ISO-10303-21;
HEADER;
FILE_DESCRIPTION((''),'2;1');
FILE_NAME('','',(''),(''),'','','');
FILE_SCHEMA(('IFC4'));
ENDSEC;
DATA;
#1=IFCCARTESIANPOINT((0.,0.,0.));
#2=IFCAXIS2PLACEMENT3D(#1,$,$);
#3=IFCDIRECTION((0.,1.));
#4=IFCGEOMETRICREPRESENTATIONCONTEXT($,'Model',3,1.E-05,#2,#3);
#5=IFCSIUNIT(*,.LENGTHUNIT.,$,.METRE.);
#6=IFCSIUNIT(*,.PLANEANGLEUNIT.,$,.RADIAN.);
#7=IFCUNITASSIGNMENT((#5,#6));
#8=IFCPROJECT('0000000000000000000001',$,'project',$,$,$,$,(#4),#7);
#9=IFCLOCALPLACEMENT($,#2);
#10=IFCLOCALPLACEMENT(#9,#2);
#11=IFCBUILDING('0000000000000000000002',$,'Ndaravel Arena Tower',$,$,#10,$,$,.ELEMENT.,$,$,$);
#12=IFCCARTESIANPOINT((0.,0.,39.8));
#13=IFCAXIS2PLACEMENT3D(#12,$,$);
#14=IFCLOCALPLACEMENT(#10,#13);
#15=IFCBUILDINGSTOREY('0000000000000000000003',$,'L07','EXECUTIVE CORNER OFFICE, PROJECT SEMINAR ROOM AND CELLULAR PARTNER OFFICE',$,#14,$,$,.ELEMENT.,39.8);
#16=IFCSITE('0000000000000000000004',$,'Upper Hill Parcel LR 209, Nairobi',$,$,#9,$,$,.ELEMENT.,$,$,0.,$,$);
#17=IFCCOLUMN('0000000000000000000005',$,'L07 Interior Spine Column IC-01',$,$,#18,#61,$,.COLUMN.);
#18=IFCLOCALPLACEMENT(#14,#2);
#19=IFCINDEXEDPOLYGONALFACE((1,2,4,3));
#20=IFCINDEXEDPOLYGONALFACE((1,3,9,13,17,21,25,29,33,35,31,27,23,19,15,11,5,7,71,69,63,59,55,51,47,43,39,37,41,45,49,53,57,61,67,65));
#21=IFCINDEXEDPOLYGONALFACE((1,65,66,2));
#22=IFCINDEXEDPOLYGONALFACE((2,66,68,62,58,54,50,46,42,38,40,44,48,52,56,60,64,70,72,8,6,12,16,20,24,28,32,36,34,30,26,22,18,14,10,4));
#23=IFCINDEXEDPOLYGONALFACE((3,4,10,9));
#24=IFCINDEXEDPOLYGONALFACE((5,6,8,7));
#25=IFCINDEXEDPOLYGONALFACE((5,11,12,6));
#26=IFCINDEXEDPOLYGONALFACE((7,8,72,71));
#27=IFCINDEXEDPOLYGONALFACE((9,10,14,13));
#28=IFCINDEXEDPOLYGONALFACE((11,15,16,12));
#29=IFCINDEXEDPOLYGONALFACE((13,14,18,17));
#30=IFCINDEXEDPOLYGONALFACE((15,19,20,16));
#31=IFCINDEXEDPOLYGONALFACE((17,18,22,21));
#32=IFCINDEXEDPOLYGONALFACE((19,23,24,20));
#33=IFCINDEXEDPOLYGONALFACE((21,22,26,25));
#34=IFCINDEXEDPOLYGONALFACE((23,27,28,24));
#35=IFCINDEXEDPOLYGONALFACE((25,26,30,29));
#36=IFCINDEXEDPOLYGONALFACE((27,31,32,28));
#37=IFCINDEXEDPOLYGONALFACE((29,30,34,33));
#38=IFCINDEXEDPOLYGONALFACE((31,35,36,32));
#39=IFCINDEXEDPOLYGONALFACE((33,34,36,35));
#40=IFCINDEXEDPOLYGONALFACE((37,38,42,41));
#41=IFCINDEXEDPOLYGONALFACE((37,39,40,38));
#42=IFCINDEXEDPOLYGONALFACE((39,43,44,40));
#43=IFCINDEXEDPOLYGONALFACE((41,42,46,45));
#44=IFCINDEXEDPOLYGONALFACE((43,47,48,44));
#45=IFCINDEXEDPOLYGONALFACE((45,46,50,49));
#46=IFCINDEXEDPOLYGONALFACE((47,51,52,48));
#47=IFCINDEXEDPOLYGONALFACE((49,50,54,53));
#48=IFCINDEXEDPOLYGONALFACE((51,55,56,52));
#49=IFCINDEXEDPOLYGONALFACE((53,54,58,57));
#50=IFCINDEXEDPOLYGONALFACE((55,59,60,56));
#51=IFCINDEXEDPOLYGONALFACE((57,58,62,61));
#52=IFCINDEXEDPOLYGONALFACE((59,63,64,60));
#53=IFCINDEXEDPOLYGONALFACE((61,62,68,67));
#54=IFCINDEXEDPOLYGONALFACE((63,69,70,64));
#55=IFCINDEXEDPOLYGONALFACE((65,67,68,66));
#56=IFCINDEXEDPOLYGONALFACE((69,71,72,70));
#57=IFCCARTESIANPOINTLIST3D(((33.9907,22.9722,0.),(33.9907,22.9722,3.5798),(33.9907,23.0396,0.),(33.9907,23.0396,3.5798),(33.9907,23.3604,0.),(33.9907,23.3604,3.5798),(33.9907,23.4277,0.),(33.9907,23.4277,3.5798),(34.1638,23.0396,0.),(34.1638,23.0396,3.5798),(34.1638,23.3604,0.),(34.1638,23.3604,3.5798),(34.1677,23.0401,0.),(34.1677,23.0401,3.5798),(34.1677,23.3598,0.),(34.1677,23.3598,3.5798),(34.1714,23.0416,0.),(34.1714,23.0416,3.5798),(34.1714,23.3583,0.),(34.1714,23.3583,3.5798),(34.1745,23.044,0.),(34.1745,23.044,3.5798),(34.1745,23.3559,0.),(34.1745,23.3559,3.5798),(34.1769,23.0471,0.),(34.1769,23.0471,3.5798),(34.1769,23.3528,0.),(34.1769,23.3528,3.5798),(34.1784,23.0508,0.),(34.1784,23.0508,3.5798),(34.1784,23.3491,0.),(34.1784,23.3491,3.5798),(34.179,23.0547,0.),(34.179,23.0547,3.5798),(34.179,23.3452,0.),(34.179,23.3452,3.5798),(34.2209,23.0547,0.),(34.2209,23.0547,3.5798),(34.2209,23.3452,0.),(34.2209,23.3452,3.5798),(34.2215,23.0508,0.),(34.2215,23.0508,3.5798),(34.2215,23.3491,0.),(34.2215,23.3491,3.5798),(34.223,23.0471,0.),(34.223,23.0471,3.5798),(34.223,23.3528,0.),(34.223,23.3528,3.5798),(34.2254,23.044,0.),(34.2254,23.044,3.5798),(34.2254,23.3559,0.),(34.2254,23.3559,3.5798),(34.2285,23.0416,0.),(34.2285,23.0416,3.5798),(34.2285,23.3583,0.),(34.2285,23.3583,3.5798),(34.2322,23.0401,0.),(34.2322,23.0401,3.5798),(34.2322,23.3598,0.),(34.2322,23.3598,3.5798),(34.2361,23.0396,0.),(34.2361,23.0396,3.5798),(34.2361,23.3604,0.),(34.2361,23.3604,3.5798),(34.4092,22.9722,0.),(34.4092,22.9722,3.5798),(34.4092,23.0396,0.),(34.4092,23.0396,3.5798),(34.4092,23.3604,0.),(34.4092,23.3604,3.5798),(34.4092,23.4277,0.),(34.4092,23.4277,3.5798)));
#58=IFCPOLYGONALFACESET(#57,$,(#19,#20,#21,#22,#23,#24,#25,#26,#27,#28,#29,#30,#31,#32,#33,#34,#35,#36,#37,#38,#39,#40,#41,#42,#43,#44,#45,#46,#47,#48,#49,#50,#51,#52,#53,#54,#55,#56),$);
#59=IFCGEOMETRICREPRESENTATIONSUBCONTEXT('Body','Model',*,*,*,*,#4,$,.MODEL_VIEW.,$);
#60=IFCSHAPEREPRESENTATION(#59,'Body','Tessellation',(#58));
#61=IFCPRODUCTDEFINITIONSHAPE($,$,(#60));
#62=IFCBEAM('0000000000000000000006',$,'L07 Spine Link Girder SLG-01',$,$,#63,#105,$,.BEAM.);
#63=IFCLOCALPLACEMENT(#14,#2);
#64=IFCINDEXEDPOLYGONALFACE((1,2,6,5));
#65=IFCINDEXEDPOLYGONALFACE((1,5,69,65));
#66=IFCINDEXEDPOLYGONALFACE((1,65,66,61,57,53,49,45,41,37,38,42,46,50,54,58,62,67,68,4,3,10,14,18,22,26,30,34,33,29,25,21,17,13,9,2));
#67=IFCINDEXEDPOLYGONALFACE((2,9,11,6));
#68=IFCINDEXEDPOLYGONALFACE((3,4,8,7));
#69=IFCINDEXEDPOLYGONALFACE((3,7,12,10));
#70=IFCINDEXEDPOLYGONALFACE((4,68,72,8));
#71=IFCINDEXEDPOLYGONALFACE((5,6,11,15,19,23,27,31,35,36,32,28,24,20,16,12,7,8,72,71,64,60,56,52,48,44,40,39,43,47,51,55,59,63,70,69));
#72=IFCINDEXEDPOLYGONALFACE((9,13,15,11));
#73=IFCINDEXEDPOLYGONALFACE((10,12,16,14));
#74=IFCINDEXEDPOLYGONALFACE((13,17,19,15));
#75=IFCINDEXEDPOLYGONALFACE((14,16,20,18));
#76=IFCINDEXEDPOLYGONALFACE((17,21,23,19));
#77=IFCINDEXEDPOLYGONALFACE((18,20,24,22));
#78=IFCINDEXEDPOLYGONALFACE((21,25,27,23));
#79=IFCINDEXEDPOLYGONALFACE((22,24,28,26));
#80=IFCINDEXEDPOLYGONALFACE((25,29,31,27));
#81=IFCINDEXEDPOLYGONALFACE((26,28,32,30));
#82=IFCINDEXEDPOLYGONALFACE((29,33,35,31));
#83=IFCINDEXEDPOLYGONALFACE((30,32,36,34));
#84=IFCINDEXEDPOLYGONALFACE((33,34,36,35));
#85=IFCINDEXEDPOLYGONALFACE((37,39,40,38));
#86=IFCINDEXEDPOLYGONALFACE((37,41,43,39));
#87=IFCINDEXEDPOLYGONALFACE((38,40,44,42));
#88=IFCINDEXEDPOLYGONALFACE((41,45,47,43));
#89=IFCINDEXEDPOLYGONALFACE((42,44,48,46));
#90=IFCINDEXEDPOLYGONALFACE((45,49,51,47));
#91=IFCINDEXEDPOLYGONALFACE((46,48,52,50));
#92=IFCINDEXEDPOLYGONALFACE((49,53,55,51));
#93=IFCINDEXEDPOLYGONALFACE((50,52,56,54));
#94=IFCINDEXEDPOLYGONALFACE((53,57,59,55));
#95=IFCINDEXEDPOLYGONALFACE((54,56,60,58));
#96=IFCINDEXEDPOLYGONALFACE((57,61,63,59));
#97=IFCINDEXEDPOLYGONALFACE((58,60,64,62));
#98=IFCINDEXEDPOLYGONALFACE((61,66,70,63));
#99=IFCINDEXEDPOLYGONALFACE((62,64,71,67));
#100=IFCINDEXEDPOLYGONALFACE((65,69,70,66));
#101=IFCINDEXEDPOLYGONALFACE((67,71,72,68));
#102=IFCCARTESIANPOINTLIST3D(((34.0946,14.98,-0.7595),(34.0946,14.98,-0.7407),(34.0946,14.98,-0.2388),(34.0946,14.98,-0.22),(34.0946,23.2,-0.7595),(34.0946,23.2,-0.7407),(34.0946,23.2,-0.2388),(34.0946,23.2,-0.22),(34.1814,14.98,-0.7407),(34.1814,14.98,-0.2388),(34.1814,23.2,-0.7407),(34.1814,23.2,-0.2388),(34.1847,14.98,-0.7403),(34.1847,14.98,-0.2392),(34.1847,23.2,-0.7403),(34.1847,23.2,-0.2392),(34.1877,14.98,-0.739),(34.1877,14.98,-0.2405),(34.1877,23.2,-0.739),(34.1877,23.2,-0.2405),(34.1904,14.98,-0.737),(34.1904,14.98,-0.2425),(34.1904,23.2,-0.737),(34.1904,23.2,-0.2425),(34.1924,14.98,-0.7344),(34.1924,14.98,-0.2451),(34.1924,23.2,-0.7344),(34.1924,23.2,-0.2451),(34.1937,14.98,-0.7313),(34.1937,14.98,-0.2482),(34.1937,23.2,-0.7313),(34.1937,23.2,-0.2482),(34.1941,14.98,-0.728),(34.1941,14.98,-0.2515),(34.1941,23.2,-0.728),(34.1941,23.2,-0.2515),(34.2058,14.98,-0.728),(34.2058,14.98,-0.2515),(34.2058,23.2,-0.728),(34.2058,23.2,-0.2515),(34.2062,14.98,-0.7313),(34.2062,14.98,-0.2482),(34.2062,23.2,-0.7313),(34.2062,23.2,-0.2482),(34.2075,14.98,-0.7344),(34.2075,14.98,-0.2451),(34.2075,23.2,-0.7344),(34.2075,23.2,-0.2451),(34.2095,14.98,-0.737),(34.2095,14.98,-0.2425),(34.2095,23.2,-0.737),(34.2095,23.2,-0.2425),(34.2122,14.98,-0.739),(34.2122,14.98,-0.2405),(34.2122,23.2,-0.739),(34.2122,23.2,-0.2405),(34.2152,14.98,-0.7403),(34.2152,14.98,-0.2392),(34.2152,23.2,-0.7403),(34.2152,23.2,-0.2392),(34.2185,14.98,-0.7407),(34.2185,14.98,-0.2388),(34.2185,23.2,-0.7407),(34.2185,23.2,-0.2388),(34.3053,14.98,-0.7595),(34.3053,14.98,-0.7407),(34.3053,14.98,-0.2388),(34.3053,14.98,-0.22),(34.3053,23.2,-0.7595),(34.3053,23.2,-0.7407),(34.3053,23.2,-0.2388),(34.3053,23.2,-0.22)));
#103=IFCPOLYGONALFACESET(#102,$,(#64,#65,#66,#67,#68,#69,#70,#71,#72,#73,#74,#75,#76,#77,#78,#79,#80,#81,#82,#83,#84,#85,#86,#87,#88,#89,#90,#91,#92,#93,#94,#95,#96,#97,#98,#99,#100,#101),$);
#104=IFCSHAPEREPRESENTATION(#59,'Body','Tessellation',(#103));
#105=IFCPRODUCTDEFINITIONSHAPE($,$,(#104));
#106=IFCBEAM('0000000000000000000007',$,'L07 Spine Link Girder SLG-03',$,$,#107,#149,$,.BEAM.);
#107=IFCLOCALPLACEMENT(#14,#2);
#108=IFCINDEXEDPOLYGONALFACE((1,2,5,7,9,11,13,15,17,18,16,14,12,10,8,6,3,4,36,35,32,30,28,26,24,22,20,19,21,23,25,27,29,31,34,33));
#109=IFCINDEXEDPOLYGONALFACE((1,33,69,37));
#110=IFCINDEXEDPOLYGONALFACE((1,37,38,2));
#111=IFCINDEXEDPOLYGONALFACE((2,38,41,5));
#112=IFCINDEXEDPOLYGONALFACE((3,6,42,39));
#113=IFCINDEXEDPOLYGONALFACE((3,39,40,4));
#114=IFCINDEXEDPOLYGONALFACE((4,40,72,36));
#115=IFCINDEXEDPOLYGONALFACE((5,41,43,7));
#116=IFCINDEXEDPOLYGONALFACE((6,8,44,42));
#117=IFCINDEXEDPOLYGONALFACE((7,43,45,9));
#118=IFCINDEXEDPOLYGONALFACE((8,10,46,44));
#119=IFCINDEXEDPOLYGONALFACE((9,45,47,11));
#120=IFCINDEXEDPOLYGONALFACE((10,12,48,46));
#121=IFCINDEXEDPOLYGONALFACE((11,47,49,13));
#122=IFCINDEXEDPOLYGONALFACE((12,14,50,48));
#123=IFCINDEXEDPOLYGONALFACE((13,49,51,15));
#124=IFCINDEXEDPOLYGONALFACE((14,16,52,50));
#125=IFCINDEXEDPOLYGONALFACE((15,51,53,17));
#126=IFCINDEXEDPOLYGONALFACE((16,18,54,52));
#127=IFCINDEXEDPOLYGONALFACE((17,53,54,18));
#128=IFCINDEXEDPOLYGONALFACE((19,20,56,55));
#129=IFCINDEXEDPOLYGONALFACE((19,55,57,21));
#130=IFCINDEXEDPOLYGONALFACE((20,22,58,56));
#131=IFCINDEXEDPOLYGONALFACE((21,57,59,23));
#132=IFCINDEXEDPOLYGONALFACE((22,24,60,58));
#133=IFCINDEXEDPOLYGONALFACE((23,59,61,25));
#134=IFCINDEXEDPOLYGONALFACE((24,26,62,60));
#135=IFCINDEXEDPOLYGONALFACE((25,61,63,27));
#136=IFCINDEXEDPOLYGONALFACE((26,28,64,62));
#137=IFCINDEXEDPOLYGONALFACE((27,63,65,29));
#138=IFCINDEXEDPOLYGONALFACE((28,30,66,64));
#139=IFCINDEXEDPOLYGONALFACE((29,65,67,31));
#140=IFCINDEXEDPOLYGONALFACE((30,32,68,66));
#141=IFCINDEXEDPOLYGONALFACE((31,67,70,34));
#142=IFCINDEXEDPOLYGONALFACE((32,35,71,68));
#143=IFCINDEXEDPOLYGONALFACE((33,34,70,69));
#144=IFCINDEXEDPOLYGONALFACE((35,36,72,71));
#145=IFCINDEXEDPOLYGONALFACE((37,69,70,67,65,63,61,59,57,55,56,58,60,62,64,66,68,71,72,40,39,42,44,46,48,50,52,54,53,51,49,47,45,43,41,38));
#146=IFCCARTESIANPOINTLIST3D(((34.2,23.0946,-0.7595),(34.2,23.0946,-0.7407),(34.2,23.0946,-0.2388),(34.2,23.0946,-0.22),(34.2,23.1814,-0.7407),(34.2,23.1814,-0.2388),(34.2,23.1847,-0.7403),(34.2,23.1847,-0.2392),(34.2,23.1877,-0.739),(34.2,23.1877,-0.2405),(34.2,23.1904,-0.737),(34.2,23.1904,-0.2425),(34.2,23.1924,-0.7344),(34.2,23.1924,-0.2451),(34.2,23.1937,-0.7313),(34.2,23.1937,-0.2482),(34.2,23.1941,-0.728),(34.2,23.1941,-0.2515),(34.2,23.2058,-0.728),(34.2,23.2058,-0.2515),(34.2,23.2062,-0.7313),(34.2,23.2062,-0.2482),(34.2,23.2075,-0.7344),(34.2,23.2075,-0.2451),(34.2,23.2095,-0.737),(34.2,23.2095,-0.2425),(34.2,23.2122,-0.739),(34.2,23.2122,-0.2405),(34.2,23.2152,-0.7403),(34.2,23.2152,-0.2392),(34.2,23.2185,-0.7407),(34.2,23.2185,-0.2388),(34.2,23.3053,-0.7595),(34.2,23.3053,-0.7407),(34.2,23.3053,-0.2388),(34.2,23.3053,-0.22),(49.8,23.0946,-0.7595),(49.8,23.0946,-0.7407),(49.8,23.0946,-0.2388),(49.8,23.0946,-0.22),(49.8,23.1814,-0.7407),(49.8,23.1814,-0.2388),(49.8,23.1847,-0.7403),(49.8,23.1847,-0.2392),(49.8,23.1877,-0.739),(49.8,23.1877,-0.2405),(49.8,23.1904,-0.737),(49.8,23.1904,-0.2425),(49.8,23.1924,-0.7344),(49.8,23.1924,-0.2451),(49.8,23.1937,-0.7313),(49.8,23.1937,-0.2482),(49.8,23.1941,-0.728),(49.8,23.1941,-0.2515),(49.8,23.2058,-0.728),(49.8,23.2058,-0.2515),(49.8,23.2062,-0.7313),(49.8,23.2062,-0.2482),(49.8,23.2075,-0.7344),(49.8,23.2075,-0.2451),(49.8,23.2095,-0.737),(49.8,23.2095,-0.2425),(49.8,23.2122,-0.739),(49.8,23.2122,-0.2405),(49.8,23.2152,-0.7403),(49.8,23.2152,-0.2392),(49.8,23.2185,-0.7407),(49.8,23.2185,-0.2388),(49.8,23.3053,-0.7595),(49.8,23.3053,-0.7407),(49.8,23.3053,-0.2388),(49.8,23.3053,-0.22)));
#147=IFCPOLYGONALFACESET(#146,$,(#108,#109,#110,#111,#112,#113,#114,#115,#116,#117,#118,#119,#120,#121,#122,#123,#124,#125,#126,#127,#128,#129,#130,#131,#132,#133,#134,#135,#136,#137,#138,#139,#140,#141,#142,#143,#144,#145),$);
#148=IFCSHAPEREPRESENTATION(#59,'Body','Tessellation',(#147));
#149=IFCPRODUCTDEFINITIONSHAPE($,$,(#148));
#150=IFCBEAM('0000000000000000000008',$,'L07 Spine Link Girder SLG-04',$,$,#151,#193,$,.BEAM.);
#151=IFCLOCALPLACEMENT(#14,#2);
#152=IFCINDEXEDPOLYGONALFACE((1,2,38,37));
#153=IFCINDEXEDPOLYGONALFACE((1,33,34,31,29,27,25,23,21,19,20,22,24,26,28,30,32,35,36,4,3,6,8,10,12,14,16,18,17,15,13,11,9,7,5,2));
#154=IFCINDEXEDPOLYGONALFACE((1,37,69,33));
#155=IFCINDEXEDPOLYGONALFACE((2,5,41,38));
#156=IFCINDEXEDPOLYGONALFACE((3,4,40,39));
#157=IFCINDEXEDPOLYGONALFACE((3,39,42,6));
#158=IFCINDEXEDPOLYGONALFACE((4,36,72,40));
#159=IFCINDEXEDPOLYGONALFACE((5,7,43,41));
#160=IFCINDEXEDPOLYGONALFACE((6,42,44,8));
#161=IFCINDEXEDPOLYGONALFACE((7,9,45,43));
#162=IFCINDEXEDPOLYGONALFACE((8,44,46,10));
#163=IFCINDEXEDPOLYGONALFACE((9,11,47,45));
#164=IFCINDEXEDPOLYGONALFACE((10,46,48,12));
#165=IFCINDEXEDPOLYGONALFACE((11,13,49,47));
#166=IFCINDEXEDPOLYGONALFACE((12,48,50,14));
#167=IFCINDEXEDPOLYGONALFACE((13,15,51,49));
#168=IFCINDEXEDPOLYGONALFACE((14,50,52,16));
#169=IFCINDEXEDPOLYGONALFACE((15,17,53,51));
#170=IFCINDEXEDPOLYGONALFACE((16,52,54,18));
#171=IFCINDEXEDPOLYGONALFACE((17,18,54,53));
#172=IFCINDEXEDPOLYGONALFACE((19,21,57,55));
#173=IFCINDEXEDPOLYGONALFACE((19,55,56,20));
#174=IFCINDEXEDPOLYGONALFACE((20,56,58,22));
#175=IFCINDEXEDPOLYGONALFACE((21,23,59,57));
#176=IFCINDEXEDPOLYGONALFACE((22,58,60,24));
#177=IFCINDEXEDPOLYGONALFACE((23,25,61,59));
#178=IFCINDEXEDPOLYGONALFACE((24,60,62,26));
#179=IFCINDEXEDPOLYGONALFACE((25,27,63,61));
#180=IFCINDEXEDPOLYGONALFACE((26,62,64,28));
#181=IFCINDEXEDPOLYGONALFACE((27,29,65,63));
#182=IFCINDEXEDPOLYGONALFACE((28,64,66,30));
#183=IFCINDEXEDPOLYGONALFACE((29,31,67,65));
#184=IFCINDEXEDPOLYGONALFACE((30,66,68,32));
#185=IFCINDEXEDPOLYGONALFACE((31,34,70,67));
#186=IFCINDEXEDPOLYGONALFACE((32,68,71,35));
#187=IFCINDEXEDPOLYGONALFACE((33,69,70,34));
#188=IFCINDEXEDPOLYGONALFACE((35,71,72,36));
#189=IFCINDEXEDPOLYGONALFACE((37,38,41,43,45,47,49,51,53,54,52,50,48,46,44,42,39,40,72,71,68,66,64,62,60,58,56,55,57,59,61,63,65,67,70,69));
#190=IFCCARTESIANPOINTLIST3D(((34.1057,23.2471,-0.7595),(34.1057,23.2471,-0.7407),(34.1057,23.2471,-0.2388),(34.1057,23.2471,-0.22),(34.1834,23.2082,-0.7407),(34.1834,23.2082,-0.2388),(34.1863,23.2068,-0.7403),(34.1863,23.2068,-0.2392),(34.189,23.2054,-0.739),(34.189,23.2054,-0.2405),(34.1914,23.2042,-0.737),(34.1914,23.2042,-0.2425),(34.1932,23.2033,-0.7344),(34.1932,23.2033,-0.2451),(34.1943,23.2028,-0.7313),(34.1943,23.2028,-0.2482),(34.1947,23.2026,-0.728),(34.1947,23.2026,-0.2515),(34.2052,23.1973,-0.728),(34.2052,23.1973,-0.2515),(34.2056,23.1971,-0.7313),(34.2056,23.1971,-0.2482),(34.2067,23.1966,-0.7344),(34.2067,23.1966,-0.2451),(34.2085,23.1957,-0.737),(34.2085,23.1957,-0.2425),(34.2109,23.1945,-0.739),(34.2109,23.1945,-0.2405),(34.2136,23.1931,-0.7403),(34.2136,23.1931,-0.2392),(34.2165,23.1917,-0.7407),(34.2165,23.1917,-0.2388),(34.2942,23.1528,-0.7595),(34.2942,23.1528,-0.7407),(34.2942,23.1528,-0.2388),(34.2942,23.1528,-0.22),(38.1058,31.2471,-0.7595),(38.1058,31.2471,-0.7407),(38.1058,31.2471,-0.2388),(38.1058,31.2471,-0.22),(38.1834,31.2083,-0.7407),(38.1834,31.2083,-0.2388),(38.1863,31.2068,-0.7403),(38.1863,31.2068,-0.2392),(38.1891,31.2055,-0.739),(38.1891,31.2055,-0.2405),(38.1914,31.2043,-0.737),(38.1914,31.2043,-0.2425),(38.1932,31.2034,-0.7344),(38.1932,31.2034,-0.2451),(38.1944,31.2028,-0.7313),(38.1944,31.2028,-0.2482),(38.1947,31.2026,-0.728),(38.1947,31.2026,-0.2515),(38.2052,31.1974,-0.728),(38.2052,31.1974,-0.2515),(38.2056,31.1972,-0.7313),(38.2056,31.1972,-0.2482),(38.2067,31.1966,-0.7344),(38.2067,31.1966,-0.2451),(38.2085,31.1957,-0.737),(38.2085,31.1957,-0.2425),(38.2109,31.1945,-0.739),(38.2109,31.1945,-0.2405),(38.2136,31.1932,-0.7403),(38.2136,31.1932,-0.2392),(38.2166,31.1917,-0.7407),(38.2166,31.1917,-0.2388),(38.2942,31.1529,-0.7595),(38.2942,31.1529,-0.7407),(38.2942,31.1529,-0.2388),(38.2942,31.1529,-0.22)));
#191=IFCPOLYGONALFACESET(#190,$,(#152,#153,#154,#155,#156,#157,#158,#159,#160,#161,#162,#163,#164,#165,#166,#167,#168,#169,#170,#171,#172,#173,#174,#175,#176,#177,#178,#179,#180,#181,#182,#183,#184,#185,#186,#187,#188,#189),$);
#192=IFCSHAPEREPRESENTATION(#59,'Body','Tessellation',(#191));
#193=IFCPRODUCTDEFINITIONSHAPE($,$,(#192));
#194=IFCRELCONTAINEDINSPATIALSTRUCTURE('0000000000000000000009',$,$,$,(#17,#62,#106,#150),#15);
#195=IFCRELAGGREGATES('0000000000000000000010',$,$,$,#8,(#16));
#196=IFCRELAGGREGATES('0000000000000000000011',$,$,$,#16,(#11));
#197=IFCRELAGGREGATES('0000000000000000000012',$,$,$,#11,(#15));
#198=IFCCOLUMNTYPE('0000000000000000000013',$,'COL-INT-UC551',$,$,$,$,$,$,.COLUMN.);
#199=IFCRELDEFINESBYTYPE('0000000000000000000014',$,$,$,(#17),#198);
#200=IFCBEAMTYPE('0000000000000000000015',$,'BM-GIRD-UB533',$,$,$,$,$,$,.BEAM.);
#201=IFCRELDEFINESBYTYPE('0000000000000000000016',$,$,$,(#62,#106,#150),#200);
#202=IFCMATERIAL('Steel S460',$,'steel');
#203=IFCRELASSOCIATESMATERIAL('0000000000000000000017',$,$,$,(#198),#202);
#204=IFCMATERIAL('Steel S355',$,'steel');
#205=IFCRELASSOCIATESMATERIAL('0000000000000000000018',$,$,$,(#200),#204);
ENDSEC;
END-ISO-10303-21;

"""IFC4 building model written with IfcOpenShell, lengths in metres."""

from ifc_helpers import new_model, si_unit, direction, frame, origin, origin_2d, place, context, subcontext, project, spatial, i_section, extrude, material, material_profile, profile_set, type_object, element, save


model = new_model("IFC4")

# Units and contexts
model_context = context("Model", 3, precision=1e-05, world=origin(), true_north=direction((0.0, 1.0)))
body_context = subcontext(model_context, "Body", "Model", "MODEL_VIEW")
ifc_project = project(units=[si_unit("LENGTHUNIT", "METRE"), si_unit("PLANEANGLEUNIT", "RADIAN")], contexts=[model_context])

# Site, building, storey
site_placement = place(None, origin())
site = spatial("IfcSite", under=ifc_project, at=site_placement, Name="Upper Hill Parcel LR 209, Nairobi", CompositionType="ELEMENT", RefElevation=0.0)
building_placement = place(site_placement, origin())
building = spatial("IfcBuilding", under=site, at=building_placement, Name="Ndaravel Arena Tower", CompositionType="ELEMENT")
storey_placement = place(building_placement, frame((0.0, 0.0, 39.8)))
storey = spatial("IfcBuildingStorey", under=building, at=storey_placement, Name="L07", Description="EXECUTIVE CORNER OFFICE, PROJECT SEMINAR ROOM AND CELLULAR PARTNER OFFICE", CompositionType="ELEMENT", Elevation=39.8)

# Column
ifc_material_1 = material(Name="Steel S460", Category="steel")
ifc_material_profile_1 = material_profile(ifc_material_1, i_section(OverallWidth=0.4185, OverallDepth=0.4556, WebThickness=0.042, FlangeThickness=0.0674, FilletRadius=0.0151, at=origin_2d()), Name="UC 356x406x551")
ifc_profile_set_1 = profile_set([ifc_material_profile_1], Name="Steel S460")
column_type = type_object("IfcColumnType", Name="COL-INT-UC551", PredefinedType="COLUMN", material=ifc_profile_set_1)
column_placement = place(storey_placement, frame((34.2, 23.2, 0.0), z_axis=(0.0, 0.0, 1.0), x_axis=(1.0, 0.0, 0.0)))
element("IfcColumn", 1, at=column_placement, inside=storey, type_object=column_type, Name="L07 Interior Spine Column IC-01", PredefinedType="COLUMN", context=body_context, shape_type="SweptSolid", body=[
    extrude(i_section(OverallWidth=0.4185, OverallDepth=0.4556, WebThickness=0.042, FlangeThickness=0.0674, FilletRadius=0.0151, at=origin_2d()), origin(), (0.0, 0.0, 1.0), 3.5798),
])

# Beams
ifc_material_2 = material(Name="Steel S355", Category="steel")
ifc_material_profile_2 = material_profile(ifc_material_2, i_section(OverallWidth=0.2107, OverallDepth=0.5396, WebThickness=0.0117, FlangeThickness=0.0188, FilletRadius=0.0127, at=origin_2d()), Name="UB 533x210x109")
ifc_profile_set_2 = profile_set([ifc_material_profile_2], Name="Steel S355")
beam_type_1 = type_object("IfcBeamType", Name="BM-GIRD-UB533", PredefinedType="BEAM", material=ifc_profile_set_2)
beam_1_placement = place(storey_placement, frame((34.2, 14.98, -0.4897), z_axis=(0.0, 1.0, 0.0), x_axis=(-1.0, 0.0, 0.0)))
element("IfcBeam", 2, at=beam_1_placement, inside=storey, type_object=beam_type_1, Name="L07 Spine Link Girder SLG-01", PredefinedType="BEAM", context=body_context, shape_type="SweptSolid", body=[
    extrude(i_section(OverallWidth=0.2107, OverallDepth=0.5396, WebThickness=0.0117, FlangeThickness=0.0188, FilletRadius=0.0127, at=origin_2d()), origin(), (0.0, 0.0, 1.0), 8.22),
])
beam_2_placement = place(storey_placement, frame((34.2, 23.2, -0.4897), z_axis=(1.0, 0.0, 0.0), x_axis=(0.0, 1.0, 0.0)))
element("IfcBeam", 3, at=beam_2_placement, inside=storey, type_object=beam_type_1, Name="L07 Spine Link Girder SLG-03", PredefinedType="BEAM", context=body_context, shape_type="SweptSolid", body=[
    extrude(i_section(OverallWidth=0.2107, OverallDepth=0.5396, WebThickness=0.0117, FlangeThickness=0.0188, FilletRadius=0.0127, at=origin_2d()), origin(), (0.0, 0.0, 1.0), 15.6001),
])
beam_3_placement = place(storey_placement, frame((34.2, 23.2, -0.4897), z_axis=(0.447214, 0.894427, 0.0), x_axis=(-0.894427, 0.447214, 0.0)))
element("IfcBeam", 4, at=beam_3_placement, inside=storey, type_object=beam_type_1, Name="L07 Spine Link Girder SLG-04", PredefinedType="BEAM", context=body_context, shape_type="SweptSolid", body=[
    extrude(i_section(OverallWidth=0.2107, OverallDepth=0.5396, WebThickness=0.0117, FlangeThickness=0.0188, FilletRadius=0.0127, at=origin_2d()), origin(), (0.0, 0.0, 1.0), 8.9443),
])

save(model, "model.ifc")
